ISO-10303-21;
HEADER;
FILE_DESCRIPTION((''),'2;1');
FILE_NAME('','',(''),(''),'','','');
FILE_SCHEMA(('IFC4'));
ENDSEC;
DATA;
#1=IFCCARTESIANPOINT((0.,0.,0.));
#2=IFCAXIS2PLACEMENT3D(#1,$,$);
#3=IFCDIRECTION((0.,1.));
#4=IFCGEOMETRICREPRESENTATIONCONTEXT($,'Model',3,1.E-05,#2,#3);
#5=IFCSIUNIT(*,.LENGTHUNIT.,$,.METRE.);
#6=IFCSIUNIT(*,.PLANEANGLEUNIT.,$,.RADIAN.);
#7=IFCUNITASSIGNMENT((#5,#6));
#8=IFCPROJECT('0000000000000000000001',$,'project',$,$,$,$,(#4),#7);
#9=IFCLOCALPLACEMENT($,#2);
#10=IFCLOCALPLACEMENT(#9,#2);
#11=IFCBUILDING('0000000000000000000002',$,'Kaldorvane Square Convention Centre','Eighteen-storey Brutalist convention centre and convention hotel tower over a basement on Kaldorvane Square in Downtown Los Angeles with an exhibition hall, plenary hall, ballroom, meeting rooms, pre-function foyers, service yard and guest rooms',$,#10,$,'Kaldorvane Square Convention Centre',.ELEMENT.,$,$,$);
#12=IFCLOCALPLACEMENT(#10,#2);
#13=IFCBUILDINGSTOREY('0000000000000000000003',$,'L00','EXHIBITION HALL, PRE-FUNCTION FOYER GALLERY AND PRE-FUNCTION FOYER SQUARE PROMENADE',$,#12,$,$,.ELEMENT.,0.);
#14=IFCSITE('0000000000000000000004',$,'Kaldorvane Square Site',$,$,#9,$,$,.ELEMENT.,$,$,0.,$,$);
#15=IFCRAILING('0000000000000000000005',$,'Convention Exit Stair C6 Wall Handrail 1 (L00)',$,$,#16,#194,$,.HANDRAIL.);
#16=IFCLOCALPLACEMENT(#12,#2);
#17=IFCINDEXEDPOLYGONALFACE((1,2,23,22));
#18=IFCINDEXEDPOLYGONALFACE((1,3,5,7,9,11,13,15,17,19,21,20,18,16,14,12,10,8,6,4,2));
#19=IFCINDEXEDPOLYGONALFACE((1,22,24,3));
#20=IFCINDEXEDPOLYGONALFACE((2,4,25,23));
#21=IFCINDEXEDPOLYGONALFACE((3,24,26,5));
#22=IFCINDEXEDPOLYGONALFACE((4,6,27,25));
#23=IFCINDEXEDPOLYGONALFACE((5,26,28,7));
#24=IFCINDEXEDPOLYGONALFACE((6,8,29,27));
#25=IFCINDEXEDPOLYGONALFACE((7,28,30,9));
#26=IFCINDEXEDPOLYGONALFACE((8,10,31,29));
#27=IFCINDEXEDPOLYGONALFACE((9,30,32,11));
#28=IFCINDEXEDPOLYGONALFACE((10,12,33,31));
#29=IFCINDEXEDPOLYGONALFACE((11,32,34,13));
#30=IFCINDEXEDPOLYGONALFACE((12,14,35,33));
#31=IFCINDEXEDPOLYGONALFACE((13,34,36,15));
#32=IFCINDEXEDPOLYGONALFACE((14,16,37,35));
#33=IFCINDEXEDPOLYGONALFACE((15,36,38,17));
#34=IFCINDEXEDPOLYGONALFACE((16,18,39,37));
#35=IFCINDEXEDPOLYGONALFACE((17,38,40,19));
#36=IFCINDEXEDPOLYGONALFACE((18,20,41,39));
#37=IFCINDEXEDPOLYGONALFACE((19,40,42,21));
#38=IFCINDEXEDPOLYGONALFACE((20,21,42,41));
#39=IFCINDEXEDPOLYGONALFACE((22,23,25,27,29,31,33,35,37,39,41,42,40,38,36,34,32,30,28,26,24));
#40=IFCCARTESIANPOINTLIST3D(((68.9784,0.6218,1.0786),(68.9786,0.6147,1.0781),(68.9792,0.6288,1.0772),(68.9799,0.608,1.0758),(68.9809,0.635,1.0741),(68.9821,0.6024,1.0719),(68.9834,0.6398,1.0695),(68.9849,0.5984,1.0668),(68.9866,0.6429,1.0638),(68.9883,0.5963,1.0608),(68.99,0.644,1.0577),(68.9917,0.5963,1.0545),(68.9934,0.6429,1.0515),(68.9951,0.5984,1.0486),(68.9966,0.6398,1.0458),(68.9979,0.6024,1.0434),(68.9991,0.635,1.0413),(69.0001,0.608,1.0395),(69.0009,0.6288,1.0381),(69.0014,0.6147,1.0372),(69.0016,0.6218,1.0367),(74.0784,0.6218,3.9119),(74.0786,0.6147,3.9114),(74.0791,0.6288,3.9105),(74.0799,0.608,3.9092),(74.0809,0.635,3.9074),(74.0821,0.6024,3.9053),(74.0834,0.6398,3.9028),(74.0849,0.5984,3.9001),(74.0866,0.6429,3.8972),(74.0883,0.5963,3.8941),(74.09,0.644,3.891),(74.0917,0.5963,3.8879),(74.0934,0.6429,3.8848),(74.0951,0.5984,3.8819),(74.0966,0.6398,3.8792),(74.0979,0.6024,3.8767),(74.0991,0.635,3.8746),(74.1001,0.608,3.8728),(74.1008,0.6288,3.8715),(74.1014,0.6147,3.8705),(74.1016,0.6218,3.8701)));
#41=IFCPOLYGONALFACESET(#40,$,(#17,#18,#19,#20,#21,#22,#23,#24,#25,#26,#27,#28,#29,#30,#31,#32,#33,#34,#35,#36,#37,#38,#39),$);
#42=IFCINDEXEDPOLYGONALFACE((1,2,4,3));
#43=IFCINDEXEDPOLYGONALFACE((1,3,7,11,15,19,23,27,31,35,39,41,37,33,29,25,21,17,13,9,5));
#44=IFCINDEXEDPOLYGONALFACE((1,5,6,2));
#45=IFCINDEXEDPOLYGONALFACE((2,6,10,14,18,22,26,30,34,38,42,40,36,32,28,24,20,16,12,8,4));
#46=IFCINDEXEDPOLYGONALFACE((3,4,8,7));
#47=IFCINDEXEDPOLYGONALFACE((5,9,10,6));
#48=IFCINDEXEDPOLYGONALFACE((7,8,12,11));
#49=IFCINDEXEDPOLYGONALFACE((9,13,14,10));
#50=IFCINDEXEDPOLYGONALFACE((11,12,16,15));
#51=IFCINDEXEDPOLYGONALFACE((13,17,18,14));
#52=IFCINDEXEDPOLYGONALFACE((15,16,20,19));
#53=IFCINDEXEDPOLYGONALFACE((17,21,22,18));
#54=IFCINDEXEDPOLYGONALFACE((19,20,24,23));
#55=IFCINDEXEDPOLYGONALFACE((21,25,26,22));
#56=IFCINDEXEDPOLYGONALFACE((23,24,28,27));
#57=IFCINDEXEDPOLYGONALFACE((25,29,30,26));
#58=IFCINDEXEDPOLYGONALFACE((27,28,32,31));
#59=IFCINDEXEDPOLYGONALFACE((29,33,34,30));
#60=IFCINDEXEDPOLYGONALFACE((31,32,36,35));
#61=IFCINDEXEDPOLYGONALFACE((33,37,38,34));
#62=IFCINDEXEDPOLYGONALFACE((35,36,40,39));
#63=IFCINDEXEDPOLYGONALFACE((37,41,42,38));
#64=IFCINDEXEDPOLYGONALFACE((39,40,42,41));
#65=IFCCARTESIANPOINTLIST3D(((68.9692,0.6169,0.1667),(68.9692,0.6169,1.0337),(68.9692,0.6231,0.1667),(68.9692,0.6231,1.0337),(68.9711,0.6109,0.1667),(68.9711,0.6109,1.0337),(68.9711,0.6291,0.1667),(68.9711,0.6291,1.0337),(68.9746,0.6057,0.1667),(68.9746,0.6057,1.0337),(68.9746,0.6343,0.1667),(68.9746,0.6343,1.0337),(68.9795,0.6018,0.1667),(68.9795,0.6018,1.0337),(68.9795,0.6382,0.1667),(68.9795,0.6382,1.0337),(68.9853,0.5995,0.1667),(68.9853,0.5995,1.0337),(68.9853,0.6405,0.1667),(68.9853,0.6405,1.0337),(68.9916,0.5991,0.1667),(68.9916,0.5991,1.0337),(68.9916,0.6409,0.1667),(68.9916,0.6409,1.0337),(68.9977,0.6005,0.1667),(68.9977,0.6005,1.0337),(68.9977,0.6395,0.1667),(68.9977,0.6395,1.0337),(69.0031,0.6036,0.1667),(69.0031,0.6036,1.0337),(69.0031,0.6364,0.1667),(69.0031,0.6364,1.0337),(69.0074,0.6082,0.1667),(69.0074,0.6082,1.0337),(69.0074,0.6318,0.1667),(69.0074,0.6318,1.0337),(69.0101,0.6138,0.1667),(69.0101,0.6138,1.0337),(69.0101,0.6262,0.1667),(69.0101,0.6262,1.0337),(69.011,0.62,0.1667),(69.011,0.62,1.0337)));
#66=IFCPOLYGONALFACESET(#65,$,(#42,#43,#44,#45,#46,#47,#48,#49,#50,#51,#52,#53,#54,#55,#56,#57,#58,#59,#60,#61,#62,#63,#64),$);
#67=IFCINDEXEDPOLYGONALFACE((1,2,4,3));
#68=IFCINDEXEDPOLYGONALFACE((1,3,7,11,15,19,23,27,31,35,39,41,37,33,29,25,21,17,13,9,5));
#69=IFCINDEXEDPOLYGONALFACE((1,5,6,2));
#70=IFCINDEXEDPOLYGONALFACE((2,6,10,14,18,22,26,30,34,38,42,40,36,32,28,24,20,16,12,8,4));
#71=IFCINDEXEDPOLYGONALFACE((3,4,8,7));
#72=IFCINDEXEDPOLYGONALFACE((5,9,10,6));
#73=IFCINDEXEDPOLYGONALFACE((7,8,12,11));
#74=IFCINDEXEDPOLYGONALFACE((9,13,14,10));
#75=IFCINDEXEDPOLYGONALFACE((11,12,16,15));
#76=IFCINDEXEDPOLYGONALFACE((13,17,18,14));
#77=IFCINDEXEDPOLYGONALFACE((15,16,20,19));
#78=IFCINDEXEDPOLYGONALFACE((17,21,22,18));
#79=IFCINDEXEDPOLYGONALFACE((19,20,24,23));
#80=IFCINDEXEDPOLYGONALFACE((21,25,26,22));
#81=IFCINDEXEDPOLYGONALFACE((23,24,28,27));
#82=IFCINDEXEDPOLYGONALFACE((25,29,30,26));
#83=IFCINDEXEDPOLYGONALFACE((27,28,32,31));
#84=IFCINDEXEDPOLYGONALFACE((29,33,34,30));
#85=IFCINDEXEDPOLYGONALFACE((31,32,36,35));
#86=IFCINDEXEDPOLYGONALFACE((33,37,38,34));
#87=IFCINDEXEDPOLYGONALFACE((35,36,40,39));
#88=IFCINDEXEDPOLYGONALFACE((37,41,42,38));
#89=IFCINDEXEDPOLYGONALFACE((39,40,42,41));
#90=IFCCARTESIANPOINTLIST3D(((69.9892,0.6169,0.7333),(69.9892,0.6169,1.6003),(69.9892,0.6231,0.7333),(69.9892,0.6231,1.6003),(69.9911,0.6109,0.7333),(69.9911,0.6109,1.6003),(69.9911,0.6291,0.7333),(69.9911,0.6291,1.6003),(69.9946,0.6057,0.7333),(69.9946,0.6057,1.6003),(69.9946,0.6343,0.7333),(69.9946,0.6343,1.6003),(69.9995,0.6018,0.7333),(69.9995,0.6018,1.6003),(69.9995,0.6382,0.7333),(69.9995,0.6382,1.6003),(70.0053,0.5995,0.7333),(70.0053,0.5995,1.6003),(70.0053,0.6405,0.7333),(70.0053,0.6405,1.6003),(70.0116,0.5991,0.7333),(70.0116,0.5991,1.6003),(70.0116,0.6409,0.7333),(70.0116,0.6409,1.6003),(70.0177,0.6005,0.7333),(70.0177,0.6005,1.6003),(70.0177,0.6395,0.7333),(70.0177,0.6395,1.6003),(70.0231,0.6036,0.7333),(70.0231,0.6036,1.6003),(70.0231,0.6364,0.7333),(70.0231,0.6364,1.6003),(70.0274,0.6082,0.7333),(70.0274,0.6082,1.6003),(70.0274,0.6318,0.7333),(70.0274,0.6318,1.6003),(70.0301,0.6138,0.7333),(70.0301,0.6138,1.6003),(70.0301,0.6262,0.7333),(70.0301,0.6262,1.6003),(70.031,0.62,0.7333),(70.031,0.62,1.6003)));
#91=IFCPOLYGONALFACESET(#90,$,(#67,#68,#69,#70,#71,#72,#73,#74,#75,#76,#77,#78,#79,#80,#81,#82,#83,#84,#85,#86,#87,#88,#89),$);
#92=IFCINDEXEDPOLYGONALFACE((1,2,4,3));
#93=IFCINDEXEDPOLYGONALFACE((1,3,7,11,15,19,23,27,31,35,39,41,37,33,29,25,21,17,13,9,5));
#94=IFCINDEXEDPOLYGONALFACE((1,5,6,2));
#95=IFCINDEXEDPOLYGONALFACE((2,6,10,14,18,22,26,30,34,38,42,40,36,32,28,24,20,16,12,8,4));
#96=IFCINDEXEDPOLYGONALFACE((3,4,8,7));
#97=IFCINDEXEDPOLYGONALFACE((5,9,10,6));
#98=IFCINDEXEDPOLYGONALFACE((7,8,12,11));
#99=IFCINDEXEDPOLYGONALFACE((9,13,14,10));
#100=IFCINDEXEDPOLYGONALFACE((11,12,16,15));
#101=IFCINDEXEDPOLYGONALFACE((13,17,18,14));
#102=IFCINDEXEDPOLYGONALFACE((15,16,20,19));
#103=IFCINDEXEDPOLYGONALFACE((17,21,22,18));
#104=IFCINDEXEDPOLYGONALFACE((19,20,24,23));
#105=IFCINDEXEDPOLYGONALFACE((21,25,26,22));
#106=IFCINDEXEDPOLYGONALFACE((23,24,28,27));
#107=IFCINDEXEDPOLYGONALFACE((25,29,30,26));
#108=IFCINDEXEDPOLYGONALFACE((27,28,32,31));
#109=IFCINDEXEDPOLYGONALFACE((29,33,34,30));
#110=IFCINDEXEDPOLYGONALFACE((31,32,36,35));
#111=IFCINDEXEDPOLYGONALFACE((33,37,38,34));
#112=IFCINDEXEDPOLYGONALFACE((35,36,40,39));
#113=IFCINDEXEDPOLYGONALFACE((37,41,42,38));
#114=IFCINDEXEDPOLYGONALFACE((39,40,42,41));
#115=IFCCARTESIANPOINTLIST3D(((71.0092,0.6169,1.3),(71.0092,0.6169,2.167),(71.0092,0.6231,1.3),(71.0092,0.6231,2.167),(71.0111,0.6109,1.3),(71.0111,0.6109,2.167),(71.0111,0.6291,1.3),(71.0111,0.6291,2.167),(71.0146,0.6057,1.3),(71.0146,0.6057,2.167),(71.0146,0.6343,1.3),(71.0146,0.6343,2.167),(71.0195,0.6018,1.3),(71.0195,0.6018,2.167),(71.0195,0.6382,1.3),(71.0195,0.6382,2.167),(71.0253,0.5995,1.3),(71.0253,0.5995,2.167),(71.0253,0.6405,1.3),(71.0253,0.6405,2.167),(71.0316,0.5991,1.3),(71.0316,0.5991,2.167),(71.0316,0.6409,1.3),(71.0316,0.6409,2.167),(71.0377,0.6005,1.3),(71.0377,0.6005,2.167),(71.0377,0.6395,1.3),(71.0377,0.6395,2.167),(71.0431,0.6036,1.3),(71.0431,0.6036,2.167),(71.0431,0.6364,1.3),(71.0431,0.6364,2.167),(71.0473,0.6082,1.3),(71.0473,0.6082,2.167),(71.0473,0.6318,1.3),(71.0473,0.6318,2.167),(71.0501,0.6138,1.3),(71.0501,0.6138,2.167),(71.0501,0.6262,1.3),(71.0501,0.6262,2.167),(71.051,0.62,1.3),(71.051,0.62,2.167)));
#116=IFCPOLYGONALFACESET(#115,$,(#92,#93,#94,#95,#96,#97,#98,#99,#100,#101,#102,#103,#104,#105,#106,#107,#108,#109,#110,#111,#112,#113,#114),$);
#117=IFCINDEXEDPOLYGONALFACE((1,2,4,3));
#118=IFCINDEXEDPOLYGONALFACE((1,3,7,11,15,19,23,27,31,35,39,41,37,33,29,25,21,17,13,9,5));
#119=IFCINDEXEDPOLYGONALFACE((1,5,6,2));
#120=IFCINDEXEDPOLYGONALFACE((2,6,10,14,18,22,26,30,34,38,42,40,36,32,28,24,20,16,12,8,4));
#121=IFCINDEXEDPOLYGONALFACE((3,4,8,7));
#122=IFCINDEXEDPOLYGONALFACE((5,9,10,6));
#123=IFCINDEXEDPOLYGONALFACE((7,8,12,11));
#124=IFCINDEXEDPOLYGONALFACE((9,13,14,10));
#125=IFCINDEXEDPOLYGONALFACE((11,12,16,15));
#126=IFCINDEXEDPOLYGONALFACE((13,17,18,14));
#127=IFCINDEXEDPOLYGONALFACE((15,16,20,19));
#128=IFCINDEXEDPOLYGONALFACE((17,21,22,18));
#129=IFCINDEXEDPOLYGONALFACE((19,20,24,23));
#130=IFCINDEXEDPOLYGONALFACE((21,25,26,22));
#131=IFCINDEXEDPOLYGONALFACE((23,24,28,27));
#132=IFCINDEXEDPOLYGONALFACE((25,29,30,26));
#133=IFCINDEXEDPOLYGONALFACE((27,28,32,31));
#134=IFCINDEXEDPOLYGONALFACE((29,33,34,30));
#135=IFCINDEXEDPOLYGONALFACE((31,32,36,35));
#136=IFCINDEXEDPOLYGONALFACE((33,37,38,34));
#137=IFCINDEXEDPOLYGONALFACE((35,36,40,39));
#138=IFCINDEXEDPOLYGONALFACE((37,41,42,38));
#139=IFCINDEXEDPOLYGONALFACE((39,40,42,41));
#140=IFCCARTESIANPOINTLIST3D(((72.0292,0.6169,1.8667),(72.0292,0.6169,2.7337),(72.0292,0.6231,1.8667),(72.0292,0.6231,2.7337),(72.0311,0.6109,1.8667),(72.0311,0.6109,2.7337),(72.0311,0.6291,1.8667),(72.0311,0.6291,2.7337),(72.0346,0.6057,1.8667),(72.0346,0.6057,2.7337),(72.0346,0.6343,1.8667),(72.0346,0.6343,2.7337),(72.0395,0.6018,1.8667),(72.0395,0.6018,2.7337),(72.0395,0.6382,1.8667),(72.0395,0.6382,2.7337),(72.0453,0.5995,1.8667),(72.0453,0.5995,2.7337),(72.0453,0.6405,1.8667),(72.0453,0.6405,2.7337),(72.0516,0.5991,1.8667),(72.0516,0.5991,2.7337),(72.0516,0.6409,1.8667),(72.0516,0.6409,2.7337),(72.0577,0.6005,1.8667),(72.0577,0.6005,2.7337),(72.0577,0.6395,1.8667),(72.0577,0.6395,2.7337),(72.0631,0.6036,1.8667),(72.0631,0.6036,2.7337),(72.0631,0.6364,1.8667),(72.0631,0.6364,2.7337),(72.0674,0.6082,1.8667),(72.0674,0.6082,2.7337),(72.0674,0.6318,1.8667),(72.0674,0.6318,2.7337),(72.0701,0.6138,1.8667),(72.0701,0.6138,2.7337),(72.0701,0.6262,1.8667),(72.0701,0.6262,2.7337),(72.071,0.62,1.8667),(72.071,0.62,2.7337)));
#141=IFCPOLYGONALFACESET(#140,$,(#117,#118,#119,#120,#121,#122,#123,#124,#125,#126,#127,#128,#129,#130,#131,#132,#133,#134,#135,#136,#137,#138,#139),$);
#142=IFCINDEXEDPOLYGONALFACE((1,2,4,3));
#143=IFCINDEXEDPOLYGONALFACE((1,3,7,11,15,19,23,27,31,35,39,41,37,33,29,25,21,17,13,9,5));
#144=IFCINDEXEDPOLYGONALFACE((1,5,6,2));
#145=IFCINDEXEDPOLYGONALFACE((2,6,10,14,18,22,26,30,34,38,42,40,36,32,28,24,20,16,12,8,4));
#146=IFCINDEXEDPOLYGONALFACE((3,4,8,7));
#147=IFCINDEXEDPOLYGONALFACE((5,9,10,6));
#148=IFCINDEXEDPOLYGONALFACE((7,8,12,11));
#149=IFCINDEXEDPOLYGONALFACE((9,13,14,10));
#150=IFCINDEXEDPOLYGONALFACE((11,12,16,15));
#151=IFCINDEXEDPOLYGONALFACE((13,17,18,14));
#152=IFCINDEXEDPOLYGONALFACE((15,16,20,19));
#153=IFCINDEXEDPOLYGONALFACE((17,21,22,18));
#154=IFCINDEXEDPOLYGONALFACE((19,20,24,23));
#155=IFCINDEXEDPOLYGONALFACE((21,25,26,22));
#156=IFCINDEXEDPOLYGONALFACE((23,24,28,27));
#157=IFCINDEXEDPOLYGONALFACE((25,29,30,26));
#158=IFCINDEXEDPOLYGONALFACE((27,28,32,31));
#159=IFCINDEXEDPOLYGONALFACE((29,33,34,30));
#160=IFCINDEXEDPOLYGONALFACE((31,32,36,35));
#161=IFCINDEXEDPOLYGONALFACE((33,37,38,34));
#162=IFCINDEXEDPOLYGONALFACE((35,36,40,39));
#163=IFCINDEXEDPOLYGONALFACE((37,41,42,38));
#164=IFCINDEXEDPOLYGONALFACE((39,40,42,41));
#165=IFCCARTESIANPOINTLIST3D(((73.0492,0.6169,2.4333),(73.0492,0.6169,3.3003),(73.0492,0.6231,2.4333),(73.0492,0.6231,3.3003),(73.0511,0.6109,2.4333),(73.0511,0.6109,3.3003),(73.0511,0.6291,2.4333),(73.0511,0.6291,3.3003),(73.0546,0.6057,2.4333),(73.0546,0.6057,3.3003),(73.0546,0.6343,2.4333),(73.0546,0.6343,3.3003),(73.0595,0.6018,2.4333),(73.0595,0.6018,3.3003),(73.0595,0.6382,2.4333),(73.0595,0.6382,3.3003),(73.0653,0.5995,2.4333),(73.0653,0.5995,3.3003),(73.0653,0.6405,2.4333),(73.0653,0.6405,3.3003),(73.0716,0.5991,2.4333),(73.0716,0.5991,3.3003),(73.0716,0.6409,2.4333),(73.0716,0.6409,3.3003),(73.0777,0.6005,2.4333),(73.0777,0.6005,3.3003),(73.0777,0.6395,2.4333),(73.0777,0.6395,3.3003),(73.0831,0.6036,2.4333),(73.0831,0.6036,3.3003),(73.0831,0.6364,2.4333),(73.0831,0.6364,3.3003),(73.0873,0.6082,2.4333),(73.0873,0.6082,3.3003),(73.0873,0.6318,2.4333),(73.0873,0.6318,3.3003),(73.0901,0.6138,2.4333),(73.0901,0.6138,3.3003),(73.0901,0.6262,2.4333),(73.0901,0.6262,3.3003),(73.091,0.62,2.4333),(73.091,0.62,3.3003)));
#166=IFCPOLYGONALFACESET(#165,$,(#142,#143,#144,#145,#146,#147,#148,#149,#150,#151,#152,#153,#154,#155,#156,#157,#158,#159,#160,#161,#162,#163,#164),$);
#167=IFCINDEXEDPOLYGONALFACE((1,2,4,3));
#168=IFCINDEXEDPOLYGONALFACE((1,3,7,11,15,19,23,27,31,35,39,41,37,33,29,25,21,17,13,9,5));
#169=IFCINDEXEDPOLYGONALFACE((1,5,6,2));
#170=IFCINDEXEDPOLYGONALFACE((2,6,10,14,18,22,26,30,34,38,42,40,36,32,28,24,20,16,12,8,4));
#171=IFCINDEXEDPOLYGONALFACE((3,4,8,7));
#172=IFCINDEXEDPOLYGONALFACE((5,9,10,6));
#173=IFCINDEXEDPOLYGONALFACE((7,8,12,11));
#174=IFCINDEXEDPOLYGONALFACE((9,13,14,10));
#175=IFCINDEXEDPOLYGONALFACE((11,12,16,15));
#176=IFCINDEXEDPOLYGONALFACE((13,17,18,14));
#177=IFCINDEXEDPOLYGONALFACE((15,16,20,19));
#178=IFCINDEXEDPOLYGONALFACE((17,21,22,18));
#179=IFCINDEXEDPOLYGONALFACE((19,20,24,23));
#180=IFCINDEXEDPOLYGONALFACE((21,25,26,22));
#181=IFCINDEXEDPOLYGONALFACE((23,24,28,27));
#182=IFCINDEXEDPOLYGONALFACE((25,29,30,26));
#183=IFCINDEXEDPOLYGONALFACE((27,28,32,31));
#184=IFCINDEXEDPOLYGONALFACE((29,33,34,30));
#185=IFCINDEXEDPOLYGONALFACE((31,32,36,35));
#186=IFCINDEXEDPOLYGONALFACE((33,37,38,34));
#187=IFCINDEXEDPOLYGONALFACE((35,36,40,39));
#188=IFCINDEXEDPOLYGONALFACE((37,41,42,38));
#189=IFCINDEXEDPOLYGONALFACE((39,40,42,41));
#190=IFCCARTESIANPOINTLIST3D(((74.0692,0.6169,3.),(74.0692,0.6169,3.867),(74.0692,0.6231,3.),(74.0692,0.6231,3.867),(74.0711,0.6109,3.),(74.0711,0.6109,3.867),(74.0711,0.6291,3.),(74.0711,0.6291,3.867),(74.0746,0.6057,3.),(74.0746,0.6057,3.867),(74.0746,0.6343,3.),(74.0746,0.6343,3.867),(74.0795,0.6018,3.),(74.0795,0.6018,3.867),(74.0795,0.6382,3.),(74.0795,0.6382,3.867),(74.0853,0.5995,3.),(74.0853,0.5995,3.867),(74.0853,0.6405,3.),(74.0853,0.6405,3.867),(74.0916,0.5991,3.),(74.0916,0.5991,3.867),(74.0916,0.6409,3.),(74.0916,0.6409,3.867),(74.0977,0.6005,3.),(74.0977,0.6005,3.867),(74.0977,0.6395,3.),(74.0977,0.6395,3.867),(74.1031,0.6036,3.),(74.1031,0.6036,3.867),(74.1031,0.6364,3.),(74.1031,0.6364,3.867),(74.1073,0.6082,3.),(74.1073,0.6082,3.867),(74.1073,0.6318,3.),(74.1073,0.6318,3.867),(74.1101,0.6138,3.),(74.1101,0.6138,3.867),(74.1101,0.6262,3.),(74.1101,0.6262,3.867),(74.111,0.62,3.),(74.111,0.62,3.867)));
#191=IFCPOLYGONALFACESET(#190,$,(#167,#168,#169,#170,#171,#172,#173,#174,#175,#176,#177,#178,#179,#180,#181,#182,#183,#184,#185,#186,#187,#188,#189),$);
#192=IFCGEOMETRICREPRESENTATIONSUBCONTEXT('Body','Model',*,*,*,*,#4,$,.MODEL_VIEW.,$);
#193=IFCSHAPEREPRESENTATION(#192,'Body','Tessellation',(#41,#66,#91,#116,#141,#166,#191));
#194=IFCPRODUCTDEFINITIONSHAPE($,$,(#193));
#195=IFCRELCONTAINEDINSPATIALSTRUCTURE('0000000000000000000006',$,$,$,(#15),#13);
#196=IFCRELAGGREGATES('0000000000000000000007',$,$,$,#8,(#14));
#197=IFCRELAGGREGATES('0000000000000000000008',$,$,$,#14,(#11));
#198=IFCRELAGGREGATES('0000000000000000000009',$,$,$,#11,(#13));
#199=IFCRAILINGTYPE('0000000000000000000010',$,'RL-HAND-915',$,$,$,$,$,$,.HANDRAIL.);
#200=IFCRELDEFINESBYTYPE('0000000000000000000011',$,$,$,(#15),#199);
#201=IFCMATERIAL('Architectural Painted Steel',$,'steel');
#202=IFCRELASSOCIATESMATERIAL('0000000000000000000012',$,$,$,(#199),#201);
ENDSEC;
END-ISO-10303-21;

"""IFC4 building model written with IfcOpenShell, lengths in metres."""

from ifc_helpers import new_model, si_unit, direction, frame, origin, origin_2d, place, context, subcontext, project, spatial, circle, extrude, material, type_object, element, save


model = new_model("IFC4")

# Units and contexts
model_context = context("Model", 3, precision=1e-05, world=origin(), true_north=direction((0.0, 1.0)))
body_context = subcontext(model_context, "Body", "Model", "MODEL_VIEW")
ifc_project = project(units=[si_unit("LENGTHUNIT", "METRE"), si_unit("PLANEANGLEUNIT", "RADIAN")], contexts=[model_context])

# Site, building, storey
site_placement = place(None, origin())
site = spatial("IfcSite", under=ifc_project, at=site_placement, Name="Kaldorvane Square Site", CompositionType="ELEMENT", RefElevation=0.0)
building_placement = place(site_placement, origin())
building = spatial("IfcBuilding", under=site, at=building_placement, Name="Kaldorvane Square Convention Centre", Description="Eighteen-storey Brutalist convention centre and convention hotel tower over a basement on Kaldorvane Square in Downtown Los Angeles with an exhibition hall, plenary hall, ballroom, meeting rooms, pre-function foyers, service yard and guest rooms", LongName="Kaldorvane Square Convention Centre", CompositionType="ELEMENT")
storey_placement = place(building_placement, origin())
storey = spatial("IfcBuildingStorey", under=building, at=storey_placement, Name="L00", Description="EXHIBITION HALL, PRE-FUNCTION FOYER GALLERY AND PRE-FUNCTION FOYER SQUARE PROMENADE", CompositionType="ELEMENT", Elevation=0.0)

# Railing
ifc_material_1 = material(Name="Architectural Painted Steel", Category="steel")
railing_type_1 = type_object("IfcRailingType", Name="RL-HAND-915", PredefinedType="HANDRAIL", material=ifc_material_1)
for number, where, name in (
    (1, (68.99, 0.62, 0.1667), "Convention Exit Stair C6 Wall Handrail 1 (L00)"),
):
    element("IfcRailing", number, at=place(storey_placement, frame(where)), inside=storey, type_object=railing_type_1, Name=name, PredefinedType="HANDRAIL", context=body_context, shape_type="SweptSolid", body=[
        extrude(circle(Radius=0.024, at=origin_2d()), frame((0.0, 0.0, 0.891), z_axis=(0.874157, 0.0, 0.485643), x_axis=(0.0, 1.0, 0.0)), (0.0, 0.0, 1.0), 5.8342),
        extrude(circle(Radius=0.021, at=origin_2d()), origin(), (0.0, 0.0, 1.0), 0.867),
        extrude(circle(Radius=0.021, at=origin_2d()), frame((1.02, 0.0, 0.5667)), (0.0, 0.0, 1.0), 0.867),
        extrude(circle(Radius=0.021, at=origin_2d()), frame((2.04, 0.0, 1.1333)), (0.0, 0.0, 1.0), 0.867),
        extrude(circle(Radius=0.021, at=origin_2d()), frame((3.06, 0.0, 1.7)), (0.0, 0.0, 1.0), 0.867),
        extrude(circle(Radius=0.021, at=origin_2d()), frame((4.08, 0.0, 2.2667)), (0.0, 0.0, 1.0), 0.867),
        extrude(circle(Radius=0.021, at=origin_2d()), frame((5.1, 0.0, 2.8333)), (0.0, 0.0, 1.0), 0.867),
    ])

save(model, "model.ifc")
